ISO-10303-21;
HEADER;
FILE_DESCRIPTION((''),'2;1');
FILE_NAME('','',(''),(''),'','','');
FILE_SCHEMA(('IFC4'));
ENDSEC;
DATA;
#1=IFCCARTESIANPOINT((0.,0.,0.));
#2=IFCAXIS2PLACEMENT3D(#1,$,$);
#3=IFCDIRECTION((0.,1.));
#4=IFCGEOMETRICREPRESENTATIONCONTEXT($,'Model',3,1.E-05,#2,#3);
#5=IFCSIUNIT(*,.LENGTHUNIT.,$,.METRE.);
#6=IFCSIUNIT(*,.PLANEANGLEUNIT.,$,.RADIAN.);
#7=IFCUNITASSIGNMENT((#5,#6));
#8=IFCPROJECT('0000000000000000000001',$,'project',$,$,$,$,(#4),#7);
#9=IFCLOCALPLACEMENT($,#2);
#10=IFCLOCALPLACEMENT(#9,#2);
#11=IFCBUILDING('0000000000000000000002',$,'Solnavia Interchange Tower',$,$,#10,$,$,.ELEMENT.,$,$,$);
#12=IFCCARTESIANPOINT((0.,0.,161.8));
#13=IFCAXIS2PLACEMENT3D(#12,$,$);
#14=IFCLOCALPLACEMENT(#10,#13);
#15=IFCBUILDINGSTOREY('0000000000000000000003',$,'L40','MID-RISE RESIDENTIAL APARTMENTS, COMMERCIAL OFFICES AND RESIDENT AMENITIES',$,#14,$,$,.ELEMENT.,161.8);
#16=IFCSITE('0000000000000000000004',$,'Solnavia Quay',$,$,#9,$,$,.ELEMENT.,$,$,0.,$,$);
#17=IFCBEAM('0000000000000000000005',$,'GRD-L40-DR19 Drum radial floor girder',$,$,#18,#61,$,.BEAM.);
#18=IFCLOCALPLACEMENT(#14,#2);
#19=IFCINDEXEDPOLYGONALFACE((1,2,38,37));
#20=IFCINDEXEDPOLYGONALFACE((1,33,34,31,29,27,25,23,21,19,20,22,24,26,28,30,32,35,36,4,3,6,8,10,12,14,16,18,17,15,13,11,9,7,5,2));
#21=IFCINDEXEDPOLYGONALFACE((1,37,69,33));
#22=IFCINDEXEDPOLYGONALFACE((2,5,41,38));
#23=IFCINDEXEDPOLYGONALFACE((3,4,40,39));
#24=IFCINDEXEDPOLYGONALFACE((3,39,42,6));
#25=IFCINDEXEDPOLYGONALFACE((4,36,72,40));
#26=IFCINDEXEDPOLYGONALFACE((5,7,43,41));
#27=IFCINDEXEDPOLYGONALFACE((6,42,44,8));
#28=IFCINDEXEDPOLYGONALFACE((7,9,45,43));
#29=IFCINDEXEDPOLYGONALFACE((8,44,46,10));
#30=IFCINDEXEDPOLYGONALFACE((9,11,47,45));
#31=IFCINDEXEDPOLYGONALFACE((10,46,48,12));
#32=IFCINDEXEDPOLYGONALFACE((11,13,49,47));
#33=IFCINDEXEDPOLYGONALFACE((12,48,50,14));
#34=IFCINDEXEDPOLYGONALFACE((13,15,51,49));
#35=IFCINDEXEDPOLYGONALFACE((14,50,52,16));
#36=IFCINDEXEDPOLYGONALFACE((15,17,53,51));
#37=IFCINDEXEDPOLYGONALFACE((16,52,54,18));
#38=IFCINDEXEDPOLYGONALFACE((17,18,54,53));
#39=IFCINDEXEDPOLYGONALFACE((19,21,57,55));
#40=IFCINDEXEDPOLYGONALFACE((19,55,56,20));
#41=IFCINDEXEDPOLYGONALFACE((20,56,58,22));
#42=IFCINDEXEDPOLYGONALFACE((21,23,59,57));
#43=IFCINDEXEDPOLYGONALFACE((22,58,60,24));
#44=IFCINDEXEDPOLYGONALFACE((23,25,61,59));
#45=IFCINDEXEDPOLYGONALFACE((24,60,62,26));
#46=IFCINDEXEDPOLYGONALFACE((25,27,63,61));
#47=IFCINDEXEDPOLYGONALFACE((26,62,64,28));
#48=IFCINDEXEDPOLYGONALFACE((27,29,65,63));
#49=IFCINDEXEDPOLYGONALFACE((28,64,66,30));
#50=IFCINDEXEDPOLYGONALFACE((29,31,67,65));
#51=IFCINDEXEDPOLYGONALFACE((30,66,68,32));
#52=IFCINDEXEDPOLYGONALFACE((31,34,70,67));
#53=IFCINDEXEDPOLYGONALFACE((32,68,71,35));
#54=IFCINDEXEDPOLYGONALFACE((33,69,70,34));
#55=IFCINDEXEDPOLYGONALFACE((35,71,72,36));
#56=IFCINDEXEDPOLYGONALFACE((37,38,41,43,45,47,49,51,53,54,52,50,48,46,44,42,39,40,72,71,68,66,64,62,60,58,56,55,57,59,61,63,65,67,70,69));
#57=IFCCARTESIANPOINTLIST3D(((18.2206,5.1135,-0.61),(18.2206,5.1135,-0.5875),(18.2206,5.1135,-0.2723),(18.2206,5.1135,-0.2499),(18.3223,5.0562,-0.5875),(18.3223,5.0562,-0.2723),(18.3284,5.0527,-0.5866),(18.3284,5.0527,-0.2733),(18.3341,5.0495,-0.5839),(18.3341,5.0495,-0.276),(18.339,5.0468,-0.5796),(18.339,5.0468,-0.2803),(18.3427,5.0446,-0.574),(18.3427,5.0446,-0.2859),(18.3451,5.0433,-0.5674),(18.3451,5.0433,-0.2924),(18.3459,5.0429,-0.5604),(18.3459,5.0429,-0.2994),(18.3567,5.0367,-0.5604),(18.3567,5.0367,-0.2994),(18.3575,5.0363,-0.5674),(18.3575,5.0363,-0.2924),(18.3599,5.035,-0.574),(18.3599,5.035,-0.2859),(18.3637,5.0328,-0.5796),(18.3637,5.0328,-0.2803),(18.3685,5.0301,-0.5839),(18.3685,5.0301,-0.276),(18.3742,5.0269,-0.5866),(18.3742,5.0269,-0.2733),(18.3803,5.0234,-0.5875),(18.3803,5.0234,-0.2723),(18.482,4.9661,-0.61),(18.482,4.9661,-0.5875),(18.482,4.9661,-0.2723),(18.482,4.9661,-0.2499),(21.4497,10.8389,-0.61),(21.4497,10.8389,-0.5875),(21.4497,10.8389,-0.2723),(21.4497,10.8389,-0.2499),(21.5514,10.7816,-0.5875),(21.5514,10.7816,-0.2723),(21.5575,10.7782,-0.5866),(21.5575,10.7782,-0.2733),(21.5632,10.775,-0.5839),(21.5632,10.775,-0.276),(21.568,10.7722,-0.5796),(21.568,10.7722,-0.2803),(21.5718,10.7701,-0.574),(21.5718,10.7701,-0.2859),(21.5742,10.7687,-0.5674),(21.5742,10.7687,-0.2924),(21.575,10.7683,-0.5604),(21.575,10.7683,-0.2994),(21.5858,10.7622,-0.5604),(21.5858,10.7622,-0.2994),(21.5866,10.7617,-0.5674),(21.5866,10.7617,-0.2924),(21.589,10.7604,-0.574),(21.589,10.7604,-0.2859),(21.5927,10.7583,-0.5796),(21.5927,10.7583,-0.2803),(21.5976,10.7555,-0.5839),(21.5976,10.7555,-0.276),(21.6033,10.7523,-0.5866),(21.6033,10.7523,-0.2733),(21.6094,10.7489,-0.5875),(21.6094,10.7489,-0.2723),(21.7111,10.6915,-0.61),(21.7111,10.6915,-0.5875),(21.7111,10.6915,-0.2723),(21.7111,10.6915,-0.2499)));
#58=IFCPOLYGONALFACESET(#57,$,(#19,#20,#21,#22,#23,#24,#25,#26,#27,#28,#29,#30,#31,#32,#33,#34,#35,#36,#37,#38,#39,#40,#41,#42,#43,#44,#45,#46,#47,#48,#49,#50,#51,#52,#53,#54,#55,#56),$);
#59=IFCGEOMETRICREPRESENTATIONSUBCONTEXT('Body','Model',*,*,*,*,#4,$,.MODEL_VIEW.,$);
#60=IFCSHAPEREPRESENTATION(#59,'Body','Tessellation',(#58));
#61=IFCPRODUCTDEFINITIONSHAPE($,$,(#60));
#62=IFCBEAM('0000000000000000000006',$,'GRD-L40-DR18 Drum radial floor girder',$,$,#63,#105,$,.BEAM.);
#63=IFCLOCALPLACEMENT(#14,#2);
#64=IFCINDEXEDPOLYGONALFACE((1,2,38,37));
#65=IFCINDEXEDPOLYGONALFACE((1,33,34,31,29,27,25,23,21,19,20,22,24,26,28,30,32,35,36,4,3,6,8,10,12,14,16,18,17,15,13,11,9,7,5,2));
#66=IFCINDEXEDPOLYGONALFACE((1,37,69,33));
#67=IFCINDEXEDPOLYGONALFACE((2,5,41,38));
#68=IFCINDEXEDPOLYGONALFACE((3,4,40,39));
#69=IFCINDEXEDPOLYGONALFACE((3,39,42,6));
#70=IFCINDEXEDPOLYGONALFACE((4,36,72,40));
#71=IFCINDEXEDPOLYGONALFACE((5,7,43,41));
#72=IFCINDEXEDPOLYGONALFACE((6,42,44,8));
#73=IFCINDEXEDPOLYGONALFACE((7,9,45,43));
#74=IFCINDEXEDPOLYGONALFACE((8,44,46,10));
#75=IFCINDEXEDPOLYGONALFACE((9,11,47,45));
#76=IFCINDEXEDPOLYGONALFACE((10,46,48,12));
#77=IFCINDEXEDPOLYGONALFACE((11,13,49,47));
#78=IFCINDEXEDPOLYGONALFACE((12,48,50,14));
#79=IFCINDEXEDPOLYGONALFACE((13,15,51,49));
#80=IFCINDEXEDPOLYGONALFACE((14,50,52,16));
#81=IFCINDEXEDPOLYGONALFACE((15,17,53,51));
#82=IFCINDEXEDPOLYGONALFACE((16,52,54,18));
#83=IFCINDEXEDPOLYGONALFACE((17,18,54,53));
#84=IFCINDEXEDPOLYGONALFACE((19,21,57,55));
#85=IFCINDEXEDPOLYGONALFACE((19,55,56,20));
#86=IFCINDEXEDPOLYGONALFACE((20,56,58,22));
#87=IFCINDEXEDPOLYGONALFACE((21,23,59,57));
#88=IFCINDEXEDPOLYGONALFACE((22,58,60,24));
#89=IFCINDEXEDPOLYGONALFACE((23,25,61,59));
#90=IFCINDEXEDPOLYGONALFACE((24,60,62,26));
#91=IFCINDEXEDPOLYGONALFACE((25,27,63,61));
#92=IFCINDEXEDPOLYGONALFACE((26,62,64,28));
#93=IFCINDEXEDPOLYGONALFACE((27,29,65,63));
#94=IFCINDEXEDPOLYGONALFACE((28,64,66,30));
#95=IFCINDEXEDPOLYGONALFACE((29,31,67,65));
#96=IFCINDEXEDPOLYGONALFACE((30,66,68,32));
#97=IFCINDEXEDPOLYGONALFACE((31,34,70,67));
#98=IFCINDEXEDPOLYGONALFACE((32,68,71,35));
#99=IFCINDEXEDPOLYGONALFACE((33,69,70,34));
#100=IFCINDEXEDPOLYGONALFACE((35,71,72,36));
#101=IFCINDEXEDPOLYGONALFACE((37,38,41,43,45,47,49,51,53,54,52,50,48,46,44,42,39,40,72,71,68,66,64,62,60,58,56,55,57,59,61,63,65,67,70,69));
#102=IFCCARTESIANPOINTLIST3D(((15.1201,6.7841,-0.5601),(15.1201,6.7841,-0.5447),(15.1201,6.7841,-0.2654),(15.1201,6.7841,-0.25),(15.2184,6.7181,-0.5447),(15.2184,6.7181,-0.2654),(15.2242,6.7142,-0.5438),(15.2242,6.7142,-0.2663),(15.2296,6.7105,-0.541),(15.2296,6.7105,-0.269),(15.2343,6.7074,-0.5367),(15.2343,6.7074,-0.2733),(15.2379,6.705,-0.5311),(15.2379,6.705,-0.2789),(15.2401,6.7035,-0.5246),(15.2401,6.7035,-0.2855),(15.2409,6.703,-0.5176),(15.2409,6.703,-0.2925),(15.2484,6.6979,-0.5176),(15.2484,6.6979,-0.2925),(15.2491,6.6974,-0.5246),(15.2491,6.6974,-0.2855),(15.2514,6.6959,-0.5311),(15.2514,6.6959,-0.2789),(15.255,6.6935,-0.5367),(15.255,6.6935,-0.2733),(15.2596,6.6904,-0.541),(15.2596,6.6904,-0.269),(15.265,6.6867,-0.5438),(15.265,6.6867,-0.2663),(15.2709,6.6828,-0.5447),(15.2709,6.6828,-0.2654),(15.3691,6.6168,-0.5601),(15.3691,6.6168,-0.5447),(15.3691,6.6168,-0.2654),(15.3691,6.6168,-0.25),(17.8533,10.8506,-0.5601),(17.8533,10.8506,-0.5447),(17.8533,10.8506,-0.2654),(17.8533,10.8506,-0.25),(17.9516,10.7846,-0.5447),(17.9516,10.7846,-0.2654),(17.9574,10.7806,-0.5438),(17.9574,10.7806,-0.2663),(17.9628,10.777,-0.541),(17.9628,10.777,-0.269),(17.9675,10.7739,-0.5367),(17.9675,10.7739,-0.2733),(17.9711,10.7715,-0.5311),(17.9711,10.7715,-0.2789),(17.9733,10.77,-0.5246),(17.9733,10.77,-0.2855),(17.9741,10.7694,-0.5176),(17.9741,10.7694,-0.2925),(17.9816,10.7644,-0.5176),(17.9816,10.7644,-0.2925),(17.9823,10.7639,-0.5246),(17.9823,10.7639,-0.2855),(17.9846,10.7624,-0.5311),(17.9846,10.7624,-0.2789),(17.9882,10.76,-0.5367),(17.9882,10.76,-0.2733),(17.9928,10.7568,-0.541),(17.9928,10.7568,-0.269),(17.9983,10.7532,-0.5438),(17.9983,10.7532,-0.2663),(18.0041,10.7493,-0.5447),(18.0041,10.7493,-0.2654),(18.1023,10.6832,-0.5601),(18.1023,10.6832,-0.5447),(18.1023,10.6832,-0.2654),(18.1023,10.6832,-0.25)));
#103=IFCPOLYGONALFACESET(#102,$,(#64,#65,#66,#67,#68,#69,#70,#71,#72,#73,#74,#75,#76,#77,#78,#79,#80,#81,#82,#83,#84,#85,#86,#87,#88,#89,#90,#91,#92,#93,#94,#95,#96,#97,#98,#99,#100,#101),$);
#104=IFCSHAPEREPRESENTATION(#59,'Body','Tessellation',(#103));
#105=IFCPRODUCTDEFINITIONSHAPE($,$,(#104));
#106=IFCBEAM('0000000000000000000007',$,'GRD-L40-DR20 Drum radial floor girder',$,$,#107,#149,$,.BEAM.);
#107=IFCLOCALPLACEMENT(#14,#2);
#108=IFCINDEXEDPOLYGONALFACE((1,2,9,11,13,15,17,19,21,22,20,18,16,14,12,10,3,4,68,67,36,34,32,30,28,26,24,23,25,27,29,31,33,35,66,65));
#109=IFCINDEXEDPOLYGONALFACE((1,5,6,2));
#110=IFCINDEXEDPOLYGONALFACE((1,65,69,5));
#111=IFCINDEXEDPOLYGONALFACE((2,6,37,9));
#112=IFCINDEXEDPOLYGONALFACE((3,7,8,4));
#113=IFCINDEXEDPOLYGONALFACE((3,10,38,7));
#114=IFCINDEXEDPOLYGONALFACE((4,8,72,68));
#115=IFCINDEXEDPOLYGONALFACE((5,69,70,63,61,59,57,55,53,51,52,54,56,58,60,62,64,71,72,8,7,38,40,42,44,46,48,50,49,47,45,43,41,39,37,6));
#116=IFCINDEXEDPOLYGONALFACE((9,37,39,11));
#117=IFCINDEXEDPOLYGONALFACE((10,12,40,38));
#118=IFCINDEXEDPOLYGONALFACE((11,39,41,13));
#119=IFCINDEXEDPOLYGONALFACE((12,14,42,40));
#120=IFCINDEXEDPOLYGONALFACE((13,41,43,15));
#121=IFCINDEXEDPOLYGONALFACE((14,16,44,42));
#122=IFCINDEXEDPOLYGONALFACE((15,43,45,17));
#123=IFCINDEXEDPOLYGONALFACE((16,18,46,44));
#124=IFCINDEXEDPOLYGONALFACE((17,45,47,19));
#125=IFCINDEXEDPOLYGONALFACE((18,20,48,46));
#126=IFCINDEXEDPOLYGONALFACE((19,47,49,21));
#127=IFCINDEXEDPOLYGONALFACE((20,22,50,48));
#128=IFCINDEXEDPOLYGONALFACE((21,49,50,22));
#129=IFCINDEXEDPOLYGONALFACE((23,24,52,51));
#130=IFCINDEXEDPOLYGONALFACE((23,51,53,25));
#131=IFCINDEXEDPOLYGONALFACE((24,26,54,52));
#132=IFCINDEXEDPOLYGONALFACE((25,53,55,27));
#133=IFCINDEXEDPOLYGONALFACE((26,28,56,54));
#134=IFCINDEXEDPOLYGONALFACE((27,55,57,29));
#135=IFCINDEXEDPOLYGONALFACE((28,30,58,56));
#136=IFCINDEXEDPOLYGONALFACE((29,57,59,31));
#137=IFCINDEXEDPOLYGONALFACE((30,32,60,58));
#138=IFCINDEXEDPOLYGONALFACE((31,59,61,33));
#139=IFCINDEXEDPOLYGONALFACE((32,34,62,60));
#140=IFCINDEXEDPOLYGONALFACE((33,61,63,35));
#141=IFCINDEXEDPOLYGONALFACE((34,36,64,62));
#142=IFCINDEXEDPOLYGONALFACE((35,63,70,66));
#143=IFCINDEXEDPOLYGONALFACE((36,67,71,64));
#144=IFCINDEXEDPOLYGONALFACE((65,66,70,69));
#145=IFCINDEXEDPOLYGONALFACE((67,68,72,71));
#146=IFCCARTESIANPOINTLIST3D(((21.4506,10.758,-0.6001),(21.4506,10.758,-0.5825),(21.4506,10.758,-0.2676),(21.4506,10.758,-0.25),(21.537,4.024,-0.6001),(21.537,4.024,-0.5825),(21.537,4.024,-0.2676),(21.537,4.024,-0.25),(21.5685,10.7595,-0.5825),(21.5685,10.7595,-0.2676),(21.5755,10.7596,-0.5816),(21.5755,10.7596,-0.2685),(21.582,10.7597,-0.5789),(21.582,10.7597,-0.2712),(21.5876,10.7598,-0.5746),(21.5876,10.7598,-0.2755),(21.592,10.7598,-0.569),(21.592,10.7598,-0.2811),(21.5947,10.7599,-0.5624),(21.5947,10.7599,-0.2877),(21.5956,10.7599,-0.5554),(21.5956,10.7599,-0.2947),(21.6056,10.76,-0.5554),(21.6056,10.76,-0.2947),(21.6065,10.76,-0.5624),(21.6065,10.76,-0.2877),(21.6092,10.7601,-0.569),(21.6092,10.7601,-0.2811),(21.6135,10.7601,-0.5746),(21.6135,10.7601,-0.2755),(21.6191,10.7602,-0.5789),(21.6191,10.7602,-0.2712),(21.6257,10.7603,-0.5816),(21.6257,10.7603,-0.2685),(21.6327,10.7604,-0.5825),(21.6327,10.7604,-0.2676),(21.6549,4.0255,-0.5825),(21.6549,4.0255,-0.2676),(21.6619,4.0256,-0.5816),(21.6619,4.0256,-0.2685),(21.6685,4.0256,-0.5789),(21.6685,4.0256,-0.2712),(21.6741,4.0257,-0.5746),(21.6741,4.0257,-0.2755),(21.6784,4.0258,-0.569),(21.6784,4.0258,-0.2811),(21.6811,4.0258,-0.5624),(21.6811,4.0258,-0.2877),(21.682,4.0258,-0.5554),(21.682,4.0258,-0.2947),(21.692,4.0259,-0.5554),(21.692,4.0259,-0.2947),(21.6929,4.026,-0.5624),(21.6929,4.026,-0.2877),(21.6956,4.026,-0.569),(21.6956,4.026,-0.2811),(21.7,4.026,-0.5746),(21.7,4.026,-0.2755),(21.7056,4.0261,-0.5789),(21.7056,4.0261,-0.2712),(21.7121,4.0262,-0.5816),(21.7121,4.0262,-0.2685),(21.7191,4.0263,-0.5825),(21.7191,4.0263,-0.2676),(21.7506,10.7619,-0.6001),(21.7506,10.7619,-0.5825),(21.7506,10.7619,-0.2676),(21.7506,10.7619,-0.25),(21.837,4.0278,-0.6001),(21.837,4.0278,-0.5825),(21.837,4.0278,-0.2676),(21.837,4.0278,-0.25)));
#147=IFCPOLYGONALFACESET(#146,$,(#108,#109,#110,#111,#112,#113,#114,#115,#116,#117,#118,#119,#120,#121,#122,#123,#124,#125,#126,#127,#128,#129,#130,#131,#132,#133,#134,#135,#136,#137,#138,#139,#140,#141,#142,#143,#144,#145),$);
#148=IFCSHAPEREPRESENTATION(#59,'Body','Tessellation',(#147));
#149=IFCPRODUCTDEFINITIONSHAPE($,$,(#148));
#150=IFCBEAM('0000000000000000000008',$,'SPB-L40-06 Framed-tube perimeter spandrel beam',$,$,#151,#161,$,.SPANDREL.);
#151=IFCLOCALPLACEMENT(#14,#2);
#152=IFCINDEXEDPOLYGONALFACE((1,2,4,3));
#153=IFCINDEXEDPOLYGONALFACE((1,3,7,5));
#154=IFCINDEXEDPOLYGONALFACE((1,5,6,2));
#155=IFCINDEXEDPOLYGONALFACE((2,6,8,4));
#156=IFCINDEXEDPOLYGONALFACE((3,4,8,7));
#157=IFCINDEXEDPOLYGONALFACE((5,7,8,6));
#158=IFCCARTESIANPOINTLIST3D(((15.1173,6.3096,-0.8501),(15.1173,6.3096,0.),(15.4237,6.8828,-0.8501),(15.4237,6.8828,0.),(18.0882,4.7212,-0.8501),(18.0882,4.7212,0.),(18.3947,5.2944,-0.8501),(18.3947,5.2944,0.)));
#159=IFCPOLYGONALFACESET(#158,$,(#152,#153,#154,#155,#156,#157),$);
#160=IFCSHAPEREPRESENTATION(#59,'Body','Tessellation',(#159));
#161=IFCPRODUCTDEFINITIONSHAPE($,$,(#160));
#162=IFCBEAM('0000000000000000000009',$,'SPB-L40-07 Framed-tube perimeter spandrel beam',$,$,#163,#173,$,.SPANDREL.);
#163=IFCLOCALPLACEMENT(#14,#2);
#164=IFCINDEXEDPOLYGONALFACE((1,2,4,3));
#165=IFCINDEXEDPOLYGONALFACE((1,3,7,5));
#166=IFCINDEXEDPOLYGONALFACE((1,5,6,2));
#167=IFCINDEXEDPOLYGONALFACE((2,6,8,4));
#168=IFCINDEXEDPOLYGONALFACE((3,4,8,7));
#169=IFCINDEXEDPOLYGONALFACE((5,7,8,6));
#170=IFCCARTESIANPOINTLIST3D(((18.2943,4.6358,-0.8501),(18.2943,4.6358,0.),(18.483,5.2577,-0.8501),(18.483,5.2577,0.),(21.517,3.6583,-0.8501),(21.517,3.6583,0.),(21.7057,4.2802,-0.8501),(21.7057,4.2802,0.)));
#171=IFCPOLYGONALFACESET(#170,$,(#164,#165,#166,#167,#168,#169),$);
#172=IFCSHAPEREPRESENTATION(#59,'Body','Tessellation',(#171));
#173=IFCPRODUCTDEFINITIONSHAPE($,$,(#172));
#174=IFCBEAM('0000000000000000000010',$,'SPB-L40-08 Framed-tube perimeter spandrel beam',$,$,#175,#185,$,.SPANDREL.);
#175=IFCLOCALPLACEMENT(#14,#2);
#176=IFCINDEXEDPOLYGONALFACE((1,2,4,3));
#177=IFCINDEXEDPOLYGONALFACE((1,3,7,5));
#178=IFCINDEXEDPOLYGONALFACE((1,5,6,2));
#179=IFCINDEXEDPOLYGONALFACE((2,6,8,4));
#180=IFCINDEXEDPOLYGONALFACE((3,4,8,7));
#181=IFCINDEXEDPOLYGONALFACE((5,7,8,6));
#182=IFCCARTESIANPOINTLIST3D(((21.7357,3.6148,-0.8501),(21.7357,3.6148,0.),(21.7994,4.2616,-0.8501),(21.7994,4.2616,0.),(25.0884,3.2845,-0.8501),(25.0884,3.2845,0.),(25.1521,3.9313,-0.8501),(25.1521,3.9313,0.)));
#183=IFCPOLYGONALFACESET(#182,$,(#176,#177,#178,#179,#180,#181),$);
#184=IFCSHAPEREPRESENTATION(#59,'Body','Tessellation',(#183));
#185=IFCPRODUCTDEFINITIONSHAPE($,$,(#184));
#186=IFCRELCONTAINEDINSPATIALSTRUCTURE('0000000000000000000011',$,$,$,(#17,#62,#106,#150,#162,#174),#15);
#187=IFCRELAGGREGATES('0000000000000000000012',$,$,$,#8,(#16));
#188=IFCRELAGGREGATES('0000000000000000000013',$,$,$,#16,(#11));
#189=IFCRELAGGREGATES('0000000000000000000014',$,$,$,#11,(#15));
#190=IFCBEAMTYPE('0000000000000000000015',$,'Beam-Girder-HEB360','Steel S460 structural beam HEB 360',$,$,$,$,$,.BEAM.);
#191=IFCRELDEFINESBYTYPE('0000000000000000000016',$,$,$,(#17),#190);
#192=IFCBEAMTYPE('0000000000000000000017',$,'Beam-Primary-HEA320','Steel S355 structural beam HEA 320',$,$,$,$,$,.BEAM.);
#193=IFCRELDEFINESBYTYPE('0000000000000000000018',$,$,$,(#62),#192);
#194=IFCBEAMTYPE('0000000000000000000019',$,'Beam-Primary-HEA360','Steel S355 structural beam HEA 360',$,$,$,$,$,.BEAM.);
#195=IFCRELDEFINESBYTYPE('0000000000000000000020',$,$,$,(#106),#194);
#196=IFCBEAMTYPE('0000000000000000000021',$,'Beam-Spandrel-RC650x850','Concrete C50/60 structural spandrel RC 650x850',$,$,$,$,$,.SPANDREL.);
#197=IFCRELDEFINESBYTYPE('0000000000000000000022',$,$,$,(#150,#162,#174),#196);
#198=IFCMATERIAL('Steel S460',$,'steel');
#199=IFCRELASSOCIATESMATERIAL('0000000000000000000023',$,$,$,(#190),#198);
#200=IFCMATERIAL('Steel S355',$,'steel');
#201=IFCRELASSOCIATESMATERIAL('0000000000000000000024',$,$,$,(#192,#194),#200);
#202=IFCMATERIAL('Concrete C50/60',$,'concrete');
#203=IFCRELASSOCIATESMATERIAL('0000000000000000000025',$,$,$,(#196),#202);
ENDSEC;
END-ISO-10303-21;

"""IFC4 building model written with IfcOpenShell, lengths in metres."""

from ifc_helpers import new_model, si_unit, direction, frame, origin, origin_2d, place, context, subcontext, project, spatial, rectangle, i_section, extrude, material, material_profile, profile_set, type_object, element, save


model = new_model("IFC4")

# Units and contexts
model_context = context("Model", 3, precision=1e-05, world=origin(), true_north=direction((0.0, 1.0)))
body_context = subcontext(model_context, "Body", "Model", "MODEL_VIEW")
ifc_project = project(units=[si_unit("LENGTHUNIT", "METRE"), si_unit("PLANEANGLEUNIT", "RADIAN")], contexts=[model_context])

# Site, building, storey
site_placement = place(None, origin())
site = spatial("IfcSite", under=ifc_project, at=site_placement, Name="Solnavia Quay", CompositionType="ELEMENT", RefElevation=0.0)
building_placement = place(site_placement, origin())
building = spatial("IfcBuilding", under=site, at=building_placement, Name="Solnavia Interchange Tower", CompositionType="ELEMENT")
storey_placement = place(building_placement, frame((0.0, 0.0, 161.8)))
storey = spatial("IfcBuildingStorey", under=building, at=storey_placement, Name="L40", Description="MID-RISE RESIDENTIAL APARTMENTS, COMMERCIAL OFFICES AND RESIDENT AMENITIES", CompositionType="ELEMENT", Elevation=161.8)

# Shared definitions
ifc_material_1 = material(Name="Concrete C50/60", Category="concrete")
ifc_material_2 = material(Name="Steel S355", Category="steel")

# Beams
ifc_material_3 = material(Name="Steel S460", Category="steel")
ifc_material_profile_1 = material_profile(ifc_material_3, i_section(OverallWidth=0.3, OverallDepth=0.3601, WebThickness=0.0125, FlangeThickness=0.0225, FilletRadius=0.0271, at=origin_2d()), Name="HEB 360")
ifc_profile_set_1 = profile_set([ifc_material_profile_1], Name="Steel S460")
beam_type_1 = type_object("IfcBeamType", Name="Beam-Girder-HEB360", Description="Steel S460 structural beam HEB 360", PredefinedType="BEAM", material=ifc_profile_set_1)
beam_1_placement = place(storey_placement, frame((18.3513, 5.0398, -0.4299), z_axis=(0.491243, 0.871022, 0.0), x_axis=(-0.871022, 0.491243, 0.0)))
element("IfcBeam", 1, at=beam_1_placement, inside=storey, type_object=beam_type_1, Name="GRD-L40-DR19 Drum radial floor girder", PredefinedType="BEAM", context=body_context, shape_type="SweptSolid", body=[
    extrude(i_section(OverallWidth=0.3, OverallDepth=0.3601, WebThickness=0.0125, FlangeThickness=0.0225, FilletRadius=0.0271, at=origin_2d()), origin(), (0.0, 0.0, 1.0), 6.5732),
])
ifc_material_profile_2 = material_profile(ifc_material_2, i_section(OverallWidth=0.3, OverallDepth=0.3101, WebThickness=0.009, FlangeThickness=0.0154, FilletRadius=0.0271, at=origin_2d()), Name="HEA 320")
ifc_profile_set_2 = profile_set([ifc_material_profile_2], Name="Steel S355")
beam_type_2 = type_object("IfcBeamType", Name="Beam-Primary-HEA320", Description="Steel S355 structural beam HEA 320", PredefinedType="BEAM", material=ifc_profile_set_2)
beam_2_placement = place(storey_placement, frame((15.2446, 6.7004, -0.405), z_axis=(0.557835, 0.829952, 0.0), x_axis=(-0.829952, 0.557835, 0.0)))
element("IfcBeam", 2, at=beam_2_placement, inside=storey, type_object=beam_type_2, Name="GRD-L40-DR18 Drum radial floor girder", PredefinedType="BEAM", context=body_context, shape_type="SweptSolid", body=[
    extrude(i_section(OverallWidth=0.3, OverallDepth=0.3101, WebThickness=0.009, FlangeThickness=0.0154, FilletRadius=0.0271, at=origin_2d()), origin(), (0.0, 0.0, 1.0), 4.8997),
])
ifc_material_profile_3 = material_profile(ifc_material_2, i_section(OverallWidth=0.3, OverallDepth=0.3501, WebThickness=0.01, FlangeThickness=0.0176, FilletRadius=0.0271, at=origin_2d()), Name="HEA 360")
ifc_profile_set_3 = profile_set([ifc_material_profile_3], Name="Steel S355")
beam_type_3 = type_object("IfcBeamType", Name="Beam-Primary-HEA360", Description="Steel S355 structural beam HEA 360", PredefinedType="BEAM", material=ifc_profile_set_3)
beam_3_placement = place(storey_placement, frame((21.687, 4.0259, -0.425), z_axis=(-0.012833, 0.999918, 0.0), x_axis=(-0.999918, -0.012833, 0.0)))
element("IfcBeam", 3, at=beam_3_placement, inside=storey, type_object=beam_type_3, Name="GRD-L40-DR20 Drum radial floor girder", PredefinedType="BEAM", context=body_context, shape_type="SweptSolid", body=[
    extrude(i_section(OverallWidth=0.3, OverallDepth=0.3501, WebThickness=0.01, FlangeThickness=0.0176, FilletRadius=0.0271, at=origin_2d()), origin(), (0.0, 0.0, 1.0), 6.7346),
])
ifc_material_profile_4 = material_profile(ifc_material_1, rectangle(XDim=0.6499, YDim=0.8501, at=origin_2d()), Name="RC 650x850")
ifc_profile_set_4 = profile_set([ifc_material_profile_4], Name="Concrete C50/60")
beam_type_4 = type_object("IfcBeamType", Name="Beam-Spandrel-RC650x850", Description="Concrete C50/60 structural spandrel RC 650x850", PredefinedType="SPANDREL", material=ifc_profile_set_4)
beam_4_placement = place(storey_placement, frame((15.2705, 6.5962, -0.425), z_axis=(0.881875, -0.471483, 0.0), x_axis=(0.471483, 0.881875, 0.0)))
element("IfcBeam", 4, at=beam_4_placement, inside=storey, type_object=beam_type_4, Name="SPB-L40-06 Framed-tube perimeter spandrel beam", PredefinedType="SPANDREL", context=body_context, shape_type="SweptSolid", body=[
    extrude(rectangle(XDim=0.6499, YDim=0.8501, at=origin_2d()), origin(), (0.0, 0.0, 1.0), 3.3689),
])
beam_5_placement = place(storey_placement, frame((18.3887, 4.9468, -0.425), z_axis=(0.956944, -0.290273, 0.0), x_axis=(0.290273, 0.956944, 0.0)))
element("IfcBeam", 5, at=beam_5_placement, inside=storey, type_object=beam_type_4, Name="SPB-L40-07 Framed-tube perimeter spandrel beam", PredefinedType="SPANDREL", context=body_context, shape_type="SweptSolid", body=[
    extrude(rectangle(XDim=0.6499, YDim=0.8501, at=origin_2d()), origin(), (0.0, 0.0, 1.0), 3.3677),
])
beam_6_placement = place(storey_placement, frame((21.7676, 3.9382, -0.425), z_axis=(0.995182, -0.098047, 0.0), x_axis=(0.098047, 0.995182, 0.0)))
element("IfcBeam", 6, at=beam_6_placement, inside=storey, type_object=beam_type_4, Name="SPB-L40-08 Framed-tube perimeter spandrel beam", PredefinedType="SPANDREL", context=body_context, shape_type="SweptSolid", body=[
    extrude(rectangle(XDim=0.6499, YDim=0.8501, at=origin_2d()), origin(), (0.0, 0.0, 1.0), 3.3689),
])

save(model, "model.ifc")
